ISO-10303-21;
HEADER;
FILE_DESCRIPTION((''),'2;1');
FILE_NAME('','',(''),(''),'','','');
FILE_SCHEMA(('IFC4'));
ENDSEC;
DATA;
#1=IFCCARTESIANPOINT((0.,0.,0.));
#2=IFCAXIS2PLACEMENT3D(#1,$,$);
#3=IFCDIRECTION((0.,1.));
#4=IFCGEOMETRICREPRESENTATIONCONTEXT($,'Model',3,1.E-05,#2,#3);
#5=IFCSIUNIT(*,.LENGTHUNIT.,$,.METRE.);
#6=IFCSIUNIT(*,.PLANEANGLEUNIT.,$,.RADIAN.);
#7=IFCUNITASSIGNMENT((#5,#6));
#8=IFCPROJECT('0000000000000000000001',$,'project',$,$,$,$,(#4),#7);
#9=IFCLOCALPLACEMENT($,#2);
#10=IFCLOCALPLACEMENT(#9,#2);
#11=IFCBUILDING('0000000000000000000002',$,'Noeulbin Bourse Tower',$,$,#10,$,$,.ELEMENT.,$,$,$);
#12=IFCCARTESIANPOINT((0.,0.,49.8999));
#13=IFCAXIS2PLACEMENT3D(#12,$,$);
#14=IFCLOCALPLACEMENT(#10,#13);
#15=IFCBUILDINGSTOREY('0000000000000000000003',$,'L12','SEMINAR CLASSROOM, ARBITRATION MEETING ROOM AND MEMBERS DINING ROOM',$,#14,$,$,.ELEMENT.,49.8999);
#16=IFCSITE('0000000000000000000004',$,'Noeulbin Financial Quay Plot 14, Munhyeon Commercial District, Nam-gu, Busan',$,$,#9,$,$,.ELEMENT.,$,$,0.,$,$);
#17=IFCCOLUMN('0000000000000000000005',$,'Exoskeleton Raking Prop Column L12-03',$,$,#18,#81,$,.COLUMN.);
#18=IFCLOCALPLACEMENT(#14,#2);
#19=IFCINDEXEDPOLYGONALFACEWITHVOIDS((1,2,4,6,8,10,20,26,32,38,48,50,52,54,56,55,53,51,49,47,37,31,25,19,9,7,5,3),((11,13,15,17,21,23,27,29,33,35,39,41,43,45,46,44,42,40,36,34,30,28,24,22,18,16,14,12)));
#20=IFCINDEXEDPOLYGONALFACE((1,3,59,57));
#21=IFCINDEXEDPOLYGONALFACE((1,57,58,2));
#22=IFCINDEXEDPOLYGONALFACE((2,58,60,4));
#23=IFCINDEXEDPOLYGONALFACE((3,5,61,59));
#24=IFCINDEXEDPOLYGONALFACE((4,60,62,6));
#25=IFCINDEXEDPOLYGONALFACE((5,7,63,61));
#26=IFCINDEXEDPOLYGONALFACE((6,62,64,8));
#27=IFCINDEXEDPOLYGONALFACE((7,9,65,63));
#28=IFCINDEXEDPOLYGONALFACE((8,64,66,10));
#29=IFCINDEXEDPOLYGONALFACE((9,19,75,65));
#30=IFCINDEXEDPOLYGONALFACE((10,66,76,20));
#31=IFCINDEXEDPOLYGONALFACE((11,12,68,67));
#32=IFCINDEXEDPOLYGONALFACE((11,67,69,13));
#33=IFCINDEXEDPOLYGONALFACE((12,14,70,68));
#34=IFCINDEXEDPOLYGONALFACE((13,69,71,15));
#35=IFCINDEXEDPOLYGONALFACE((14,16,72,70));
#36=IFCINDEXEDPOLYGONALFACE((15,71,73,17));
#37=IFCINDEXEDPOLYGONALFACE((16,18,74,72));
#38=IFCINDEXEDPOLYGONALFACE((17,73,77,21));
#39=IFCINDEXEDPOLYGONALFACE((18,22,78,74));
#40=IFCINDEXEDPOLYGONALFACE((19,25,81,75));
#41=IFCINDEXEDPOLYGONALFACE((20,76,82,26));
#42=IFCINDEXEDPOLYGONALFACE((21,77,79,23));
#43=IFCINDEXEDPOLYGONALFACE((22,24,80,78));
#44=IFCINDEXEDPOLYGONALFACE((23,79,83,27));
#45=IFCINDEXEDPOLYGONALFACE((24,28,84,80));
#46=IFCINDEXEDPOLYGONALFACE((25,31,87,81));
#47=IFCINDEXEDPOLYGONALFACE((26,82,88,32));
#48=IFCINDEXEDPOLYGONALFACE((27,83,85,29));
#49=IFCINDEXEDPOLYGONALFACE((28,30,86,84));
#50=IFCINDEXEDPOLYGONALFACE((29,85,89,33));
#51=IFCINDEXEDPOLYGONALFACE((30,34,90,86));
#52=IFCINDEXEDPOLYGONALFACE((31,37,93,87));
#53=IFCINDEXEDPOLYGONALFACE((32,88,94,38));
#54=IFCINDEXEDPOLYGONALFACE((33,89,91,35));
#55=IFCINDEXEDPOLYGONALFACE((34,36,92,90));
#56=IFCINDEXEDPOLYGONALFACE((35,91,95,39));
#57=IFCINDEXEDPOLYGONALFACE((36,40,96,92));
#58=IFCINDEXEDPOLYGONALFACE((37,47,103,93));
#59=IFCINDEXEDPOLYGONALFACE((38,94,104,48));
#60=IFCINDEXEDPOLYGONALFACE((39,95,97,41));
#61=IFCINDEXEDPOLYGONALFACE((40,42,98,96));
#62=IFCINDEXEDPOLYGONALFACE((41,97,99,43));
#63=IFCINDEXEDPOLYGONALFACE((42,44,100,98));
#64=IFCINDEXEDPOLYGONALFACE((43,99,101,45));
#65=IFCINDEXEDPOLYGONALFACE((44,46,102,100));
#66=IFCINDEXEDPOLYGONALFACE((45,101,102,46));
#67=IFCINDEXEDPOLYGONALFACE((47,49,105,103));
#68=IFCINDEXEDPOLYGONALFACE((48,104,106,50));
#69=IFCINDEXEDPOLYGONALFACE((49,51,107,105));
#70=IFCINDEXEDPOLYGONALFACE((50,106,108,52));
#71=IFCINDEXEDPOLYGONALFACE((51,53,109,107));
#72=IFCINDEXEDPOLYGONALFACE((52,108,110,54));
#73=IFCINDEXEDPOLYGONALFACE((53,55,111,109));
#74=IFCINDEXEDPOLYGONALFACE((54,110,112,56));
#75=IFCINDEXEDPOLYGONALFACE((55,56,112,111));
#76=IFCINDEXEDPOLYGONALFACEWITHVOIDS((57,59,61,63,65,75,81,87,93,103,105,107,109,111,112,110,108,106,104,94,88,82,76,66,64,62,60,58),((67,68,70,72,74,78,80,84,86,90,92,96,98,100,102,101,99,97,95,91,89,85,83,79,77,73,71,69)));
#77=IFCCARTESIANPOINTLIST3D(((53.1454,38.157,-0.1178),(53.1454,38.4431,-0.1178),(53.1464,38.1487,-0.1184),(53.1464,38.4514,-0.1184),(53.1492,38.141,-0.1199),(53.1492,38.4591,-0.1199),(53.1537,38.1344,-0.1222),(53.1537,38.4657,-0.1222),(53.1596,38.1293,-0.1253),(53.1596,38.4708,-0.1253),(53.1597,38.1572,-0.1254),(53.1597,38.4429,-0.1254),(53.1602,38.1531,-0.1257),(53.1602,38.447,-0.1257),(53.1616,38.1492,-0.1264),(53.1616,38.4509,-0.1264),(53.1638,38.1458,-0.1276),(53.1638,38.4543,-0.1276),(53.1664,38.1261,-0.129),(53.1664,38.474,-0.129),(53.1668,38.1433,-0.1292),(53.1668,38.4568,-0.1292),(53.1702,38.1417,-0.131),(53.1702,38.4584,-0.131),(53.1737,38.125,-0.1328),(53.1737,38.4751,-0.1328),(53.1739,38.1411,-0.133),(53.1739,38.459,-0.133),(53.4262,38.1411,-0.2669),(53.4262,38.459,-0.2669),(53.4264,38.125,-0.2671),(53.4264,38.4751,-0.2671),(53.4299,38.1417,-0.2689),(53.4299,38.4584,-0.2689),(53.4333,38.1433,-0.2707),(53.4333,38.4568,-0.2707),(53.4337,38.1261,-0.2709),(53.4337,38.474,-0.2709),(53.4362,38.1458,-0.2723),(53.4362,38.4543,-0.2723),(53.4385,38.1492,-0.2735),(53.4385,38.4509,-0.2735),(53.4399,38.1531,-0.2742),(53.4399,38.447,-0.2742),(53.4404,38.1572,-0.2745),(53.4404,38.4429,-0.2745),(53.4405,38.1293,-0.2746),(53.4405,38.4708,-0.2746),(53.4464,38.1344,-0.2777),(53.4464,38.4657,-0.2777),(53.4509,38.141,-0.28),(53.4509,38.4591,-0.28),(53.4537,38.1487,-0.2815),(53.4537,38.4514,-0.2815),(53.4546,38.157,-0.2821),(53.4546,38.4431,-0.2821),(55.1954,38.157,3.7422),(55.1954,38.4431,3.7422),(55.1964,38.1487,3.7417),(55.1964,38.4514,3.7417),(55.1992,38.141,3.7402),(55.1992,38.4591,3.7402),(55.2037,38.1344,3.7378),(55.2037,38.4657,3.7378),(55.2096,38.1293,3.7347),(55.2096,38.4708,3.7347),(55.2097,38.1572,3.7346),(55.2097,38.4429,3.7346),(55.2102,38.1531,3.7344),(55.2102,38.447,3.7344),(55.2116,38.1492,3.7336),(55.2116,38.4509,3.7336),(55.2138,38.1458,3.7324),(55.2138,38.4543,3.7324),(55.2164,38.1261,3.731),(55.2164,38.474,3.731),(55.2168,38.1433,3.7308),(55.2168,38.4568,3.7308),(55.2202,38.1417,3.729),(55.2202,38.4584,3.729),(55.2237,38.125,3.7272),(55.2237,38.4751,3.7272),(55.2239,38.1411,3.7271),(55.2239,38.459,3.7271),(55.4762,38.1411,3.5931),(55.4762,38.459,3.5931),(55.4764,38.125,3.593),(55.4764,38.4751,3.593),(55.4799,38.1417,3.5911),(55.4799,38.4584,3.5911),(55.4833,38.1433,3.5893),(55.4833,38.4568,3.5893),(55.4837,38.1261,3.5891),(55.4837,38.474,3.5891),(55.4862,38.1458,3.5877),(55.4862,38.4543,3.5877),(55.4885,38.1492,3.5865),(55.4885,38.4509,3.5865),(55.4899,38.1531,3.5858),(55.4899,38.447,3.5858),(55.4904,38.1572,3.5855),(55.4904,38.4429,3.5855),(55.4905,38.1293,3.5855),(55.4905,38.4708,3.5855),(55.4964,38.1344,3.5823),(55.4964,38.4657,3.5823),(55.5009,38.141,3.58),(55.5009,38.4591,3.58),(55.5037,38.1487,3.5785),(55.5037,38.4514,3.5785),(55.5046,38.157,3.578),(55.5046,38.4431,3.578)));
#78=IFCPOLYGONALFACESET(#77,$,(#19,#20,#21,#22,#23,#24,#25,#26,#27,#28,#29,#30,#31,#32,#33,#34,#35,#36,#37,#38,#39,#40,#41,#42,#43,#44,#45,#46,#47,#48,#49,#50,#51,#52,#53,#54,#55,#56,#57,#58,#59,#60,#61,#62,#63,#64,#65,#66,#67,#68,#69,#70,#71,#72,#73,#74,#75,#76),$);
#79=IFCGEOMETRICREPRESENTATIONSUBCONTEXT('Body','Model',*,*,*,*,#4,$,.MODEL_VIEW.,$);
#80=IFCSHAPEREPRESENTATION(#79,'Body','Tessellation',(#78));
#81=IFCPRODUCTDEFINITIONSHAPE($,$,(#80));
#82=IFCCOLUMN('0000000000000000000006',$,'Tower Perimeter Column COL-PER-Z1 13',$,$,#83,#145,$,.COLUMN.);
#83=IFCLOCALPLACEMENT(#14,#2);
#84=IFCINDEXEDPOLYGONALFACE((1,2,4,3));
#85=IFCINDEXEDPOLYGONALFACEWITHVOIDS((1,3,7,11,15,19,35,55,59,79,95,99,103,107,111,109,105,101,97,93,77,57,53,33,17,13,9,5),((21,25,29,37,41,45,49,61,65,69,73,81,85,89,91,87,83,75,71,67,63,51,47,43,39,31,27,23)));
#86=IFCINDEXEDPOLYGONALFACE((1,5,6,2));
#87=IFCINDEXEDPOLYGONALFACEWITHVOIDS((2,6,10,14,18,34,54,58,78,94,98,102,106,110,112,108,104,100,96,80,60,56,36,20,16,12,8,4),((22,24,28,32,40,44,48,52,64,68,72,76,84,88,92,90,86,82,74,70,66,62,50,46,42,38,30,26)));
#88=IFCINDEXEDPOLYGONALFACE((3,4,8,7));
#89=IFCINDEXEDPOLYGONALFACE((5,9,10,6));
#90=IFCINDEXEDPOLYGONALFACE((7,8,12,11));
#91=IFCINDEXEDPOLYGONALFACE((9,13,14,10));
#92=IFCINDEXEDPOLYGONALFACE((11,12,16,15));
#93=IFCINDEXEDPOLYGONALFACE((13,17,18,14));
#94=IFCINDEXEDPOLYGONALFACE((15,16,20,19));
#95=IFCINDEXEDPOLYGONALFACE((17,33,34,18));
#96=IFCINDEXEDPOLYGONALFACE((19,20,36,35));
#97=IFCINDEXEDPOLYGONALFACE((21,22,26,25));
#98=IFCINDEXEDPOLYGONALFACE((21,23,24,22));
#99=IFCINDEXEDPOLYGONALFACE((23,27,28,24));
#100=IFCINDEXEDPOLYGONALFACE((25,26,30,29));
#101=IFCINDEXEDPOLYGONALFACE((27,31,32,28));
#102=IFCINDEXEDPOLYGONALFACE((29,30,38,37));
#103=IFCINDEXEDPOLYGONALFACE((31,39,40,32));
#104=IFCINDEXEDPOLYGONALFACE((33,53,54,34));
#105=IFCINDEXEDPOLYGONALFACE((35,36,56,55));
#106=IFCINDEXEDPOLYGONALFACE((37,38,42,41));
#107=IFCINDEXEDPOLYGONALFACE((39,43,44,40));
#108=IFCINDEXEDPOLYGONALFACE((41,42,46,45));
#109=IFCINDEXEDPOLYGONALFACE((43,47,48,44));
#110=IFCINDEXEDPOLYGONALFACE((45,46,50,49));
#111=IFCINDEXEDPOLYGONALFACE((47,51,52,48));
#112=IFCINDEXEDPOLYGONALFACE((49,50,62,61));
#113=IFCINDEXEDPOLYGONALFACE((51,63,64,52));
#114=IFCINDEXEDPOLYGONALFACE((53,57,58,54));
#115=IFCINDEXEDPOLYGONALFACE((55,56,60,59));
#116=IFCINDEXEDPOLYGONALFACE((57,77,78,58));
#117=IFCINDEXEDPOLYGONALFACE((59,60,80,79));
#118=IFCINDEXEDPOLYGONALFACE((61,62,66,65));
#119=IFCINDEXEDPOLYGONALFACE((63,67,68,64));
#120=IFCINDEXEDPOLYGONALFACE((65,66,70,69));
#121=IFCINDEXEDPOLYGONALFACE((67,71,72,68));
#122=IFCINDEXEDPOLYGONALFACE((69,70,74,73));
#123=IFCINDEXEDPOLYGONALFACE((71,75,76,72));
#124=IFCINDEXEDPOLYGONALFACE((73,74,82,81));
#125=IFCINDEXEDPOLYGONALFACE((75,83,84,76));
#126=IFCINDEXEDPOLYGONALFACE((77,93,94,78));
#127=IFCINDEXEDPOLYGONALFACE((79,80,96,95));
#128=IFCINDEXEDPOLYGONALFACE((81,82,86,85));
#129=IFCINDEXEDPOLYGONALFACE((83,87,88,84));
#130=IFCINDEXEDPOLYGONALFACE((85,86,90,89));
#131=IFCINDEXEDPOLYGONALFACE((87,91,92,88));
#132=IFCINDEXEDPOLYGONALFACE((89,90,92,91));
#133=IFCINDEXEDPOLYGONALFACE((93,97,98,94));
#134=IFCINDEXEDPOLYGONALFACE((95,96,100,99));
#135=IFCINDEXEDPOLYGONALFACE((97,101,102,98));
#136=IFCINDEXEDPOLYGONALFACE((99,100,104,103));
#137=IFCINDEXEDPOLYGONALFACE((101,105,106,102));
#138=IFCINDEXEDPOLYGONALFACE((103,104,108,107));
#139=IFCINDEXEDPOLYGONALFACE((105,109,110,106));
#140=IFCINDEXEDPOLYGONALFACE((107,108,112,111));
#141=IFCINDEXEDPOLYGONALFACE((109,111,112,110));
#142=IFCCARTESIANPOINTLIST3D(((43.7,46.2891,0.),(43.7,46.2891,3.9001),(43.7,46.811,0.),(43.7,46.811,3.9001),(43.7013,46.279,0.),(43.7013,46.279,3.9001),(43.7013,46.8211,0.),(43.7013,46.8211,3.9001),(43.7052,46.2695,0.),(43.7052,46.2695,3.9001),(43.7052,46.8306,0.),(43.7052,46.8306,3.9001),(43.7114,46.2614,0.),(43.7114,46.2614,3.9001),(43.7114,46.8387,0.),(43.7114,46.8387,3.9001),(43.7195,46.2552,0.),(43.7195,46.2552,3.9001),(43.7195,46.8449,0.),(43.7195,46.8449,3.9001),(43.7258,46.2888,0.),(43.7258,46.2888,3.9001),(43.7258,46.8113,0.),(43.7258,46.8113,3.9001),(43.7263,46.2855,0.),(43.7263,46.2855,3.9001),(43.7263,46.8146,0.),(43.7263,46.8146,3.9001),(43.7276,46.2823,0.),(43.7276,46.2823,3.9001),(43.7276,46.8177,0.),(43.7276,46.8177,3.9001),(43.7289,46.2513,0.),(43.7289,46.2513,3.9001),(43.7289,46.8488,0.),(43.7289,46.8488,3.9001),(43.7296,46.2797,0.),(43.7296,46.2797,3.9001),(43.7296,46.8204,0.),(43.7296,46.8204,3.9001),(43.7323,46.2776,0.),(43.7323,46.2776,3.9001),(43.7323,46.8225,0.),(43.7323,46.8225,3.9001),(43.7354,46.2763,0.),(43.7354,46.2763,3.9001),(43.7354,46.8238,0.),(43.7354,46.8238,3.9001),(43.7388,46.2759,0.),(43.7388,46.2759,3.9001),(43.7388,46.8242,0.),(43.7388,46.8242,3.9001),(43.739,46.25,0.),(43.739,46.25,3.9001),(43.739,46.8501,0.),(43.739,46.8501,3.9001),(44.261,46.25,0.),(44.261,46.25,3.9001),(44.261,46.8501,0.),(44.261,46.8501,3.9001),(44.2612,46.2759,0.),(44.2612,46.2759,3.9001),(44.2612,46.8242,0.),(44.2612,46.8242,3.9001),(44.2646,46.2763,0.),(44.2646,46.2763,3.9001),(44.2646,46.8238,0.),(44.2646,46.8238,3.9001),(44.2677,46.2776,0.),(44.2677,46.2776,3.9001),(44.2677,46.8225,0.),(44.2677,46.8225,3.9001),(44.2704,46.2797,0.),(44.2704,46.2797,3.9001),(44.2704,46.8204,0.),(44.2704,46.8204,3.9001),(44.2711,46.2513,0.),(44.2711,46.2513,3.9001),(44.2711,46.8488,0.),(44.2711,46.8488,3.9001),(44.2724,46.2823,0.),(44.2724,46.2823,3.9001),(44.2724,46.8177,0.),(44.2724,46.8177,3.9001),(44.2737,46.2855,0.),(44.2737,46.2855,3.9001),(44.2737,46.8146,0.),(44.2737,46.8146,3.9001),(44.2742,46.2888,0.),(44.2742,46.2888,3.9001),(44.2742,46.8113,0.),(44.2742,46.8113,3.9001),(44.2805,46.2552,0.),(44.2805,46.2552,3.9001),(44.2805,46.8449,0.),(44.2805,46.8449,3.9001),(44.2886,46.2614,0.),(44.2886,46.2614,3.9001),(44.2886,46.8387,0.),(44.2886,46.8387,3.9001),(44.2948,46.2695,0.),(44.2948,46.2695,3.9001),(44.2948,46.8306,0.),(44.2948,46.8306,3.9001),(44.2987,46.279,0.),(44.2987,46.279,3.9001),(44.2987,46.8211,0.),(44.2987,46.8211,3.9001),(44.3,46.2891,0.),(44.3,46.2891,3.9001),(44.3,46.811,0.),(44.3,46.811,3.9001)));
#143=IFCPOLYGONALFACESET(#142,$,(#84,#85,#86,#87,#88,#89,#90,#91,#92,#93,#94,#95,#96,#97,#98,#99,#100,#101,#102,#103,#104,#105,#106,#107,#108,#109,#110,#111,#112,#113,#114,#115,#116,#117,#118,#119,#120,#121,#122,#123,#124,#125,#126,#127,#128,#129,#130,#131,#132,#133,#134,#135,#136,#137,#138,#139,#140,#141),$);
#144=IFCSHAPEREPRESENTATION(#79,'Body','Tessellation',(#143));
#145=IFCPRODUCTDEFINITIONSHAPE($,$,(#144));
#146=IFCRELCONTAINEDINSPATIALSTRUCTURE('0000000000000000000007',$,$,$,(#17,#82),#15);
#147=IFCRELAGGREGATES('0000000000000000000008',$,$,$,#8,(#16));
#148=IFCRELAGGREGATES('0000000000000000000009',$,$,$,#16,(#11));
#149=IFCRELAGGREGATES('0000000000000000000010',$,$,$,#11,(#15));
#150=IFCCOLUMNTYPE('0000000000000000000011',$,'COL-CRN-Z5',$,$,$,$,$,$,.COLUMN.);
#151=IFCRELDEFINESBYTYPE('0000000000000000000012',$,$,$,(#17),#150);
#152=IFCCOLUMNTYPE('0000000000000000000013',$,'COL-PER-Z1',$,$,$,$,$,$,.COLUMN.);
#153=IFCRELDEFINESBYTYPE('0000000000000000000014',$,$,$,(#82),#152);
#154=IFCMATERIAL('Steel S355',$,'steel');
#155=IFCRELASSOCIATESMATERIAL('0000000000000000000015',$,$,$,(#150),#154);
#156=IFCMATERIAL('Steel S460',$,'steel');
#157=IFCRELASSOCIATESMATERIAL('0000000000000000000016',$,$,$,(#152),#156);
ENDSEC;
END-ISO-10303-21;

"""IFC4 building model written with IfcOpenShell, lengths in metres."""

from ifc_helpers import new_model, si_unit, direction, frame, origin, origin_2d, place, context, subcontext, project, spatial, hollow_rectangle, extrude, material, material_profile, profile_set, type_object, element, save


model = new_model("IFC4")

# Units and contexts
model_context = context("Model", 3, precision=1e-05, world=origin(), true_north=direction((0.0, 1.0)))
body_context = subcontext(model_context, "Body", "Model", "MODEL_VIEW")
ifc_project = project(units=[si_unit("LENGTHUNIT", "METRE"), si_unit("PLANEANGLEUNIT", "RADIAN")], contexts=[model_context])

# Site, building, storey
site_placement = place(None, origin())
site = spatial("IfcSite", under=ifc_project, at=site_placement, Name="Noeulbin Financial Quay Plot 14, Munhyeon Commercial District, Nam-gu, Busan", CompositionType="ELEMENT", RefElevation=0.0)
building_placement = place(site_placement, origin())
building = spatial("IfcBuilding", under=site, at=building_placement, Name="Noeulbin Bourse Tower", CompositionType="ELEMENT")
storey_placement = place(building_placement, frame((0.0, 0.0, 49.8999)))
storey = spatial("IfcBuildingStorey", under=building, at=storey_placement, Name="L12", Description="SEMINAR CLASSROOM, ARBITRATION MEETING ROOM AND MEMBERS DINING ROOM", CompositionType="ELEMENT", Elevation=49.8999)

# Columns
ifc_material_1 = material(Name="Steel S355", Category="steel")
ifc_material_profile_1 = material_profile(ifc_material_1, hollow_rectangle(XDim=0.3501, YDim=0.3501, WallThickness=0.0161, InnerFilletRadius=0.0161, OuterFilletRadius=0.032, at=origin_2d()), Name="SHS-350x350x16", Category="LoadBearing")
ifc_profile_set_1 = profile_set([ifc_material_profile_1], Name="Steel S355")
column_type_1 = type_object("IfcColumnType", Name="COL-CRN-Z5", PredefinedType="COLUMN", material=ifc_profile_set_1)
column_1_placement = place(storey_placement, frame((53.3, 38.3, -0.2), z_axis=(0.469042, 0.0, 0.883176), x_axis=(0.0, 1.0, 0.0)))
element("IfcColumn", 1, at=column_1_placement, inside=storey, type_object=column_type_1, Name="Exoskeleton Raking Prop Column L12-03", PredefinedType="COLUMN", context=body_context, shape_type="SweptSolid", body=[
    extrude(hollow_rectangle(XDim=0.3501, YDim=0.3501, WallThickness=0.0161, InnerFilletRadius=0.0161, OuterFilletRadius=0.032, at=origin_2d()), origin(), (0.0, 0.0, 1.0), 4.3706),
])
ifc_material_2 = material(Name="Steel S460", Category="steel")
ifc_material_profile_2 = material_profile(ifc_material_2, hollow_rectangle(XDim=0.6001, YDim=0.6001, WallThickness=0.0259, InnerFilletRadius=0.0129, OuterFilletRadius=0.0391, at=origin_2d()), Name="BOX-600x600x26", Category="LoadBearing")
ifc_profile_set_2 = profile_set([ifc_material_profile_2], Name="Steel S460")
column_type_2 = type_object("IfcColumnType", Name="COL-PER-Z1", PredefinedType="COLUMN", material=ifc_profile_set_2)
for number, where, z_axis, x_axis, name in (
    (2, (44.0, 46.55, 0.0), (0.0, 0.0, 1.0), (1.0, 0.0, 0.0), "Tower Perimeter Column COL-PER-Z1 13"),
):
    element("IfcColumn", number, at=place(storey_placement, frame(where, z_axis=z_axis, x_axis=x_axis)), inside=storey, type_object=column_type_2, Name=name, PredefinedType="COLUMN", context=body_context, shape_type="SweptSolid", body=[
        extrude(hollow_rectangle(XDim=0.6001, YDim=0.6001, WallThickness=0.0259, InnerFilletRadius=0.0129, OuterFilletRadius=0.0391, at=origin_2d()), origin(), (0.0, 0.0, 1.0), 3.9001),
    ])

save(model, "model.ifc")
